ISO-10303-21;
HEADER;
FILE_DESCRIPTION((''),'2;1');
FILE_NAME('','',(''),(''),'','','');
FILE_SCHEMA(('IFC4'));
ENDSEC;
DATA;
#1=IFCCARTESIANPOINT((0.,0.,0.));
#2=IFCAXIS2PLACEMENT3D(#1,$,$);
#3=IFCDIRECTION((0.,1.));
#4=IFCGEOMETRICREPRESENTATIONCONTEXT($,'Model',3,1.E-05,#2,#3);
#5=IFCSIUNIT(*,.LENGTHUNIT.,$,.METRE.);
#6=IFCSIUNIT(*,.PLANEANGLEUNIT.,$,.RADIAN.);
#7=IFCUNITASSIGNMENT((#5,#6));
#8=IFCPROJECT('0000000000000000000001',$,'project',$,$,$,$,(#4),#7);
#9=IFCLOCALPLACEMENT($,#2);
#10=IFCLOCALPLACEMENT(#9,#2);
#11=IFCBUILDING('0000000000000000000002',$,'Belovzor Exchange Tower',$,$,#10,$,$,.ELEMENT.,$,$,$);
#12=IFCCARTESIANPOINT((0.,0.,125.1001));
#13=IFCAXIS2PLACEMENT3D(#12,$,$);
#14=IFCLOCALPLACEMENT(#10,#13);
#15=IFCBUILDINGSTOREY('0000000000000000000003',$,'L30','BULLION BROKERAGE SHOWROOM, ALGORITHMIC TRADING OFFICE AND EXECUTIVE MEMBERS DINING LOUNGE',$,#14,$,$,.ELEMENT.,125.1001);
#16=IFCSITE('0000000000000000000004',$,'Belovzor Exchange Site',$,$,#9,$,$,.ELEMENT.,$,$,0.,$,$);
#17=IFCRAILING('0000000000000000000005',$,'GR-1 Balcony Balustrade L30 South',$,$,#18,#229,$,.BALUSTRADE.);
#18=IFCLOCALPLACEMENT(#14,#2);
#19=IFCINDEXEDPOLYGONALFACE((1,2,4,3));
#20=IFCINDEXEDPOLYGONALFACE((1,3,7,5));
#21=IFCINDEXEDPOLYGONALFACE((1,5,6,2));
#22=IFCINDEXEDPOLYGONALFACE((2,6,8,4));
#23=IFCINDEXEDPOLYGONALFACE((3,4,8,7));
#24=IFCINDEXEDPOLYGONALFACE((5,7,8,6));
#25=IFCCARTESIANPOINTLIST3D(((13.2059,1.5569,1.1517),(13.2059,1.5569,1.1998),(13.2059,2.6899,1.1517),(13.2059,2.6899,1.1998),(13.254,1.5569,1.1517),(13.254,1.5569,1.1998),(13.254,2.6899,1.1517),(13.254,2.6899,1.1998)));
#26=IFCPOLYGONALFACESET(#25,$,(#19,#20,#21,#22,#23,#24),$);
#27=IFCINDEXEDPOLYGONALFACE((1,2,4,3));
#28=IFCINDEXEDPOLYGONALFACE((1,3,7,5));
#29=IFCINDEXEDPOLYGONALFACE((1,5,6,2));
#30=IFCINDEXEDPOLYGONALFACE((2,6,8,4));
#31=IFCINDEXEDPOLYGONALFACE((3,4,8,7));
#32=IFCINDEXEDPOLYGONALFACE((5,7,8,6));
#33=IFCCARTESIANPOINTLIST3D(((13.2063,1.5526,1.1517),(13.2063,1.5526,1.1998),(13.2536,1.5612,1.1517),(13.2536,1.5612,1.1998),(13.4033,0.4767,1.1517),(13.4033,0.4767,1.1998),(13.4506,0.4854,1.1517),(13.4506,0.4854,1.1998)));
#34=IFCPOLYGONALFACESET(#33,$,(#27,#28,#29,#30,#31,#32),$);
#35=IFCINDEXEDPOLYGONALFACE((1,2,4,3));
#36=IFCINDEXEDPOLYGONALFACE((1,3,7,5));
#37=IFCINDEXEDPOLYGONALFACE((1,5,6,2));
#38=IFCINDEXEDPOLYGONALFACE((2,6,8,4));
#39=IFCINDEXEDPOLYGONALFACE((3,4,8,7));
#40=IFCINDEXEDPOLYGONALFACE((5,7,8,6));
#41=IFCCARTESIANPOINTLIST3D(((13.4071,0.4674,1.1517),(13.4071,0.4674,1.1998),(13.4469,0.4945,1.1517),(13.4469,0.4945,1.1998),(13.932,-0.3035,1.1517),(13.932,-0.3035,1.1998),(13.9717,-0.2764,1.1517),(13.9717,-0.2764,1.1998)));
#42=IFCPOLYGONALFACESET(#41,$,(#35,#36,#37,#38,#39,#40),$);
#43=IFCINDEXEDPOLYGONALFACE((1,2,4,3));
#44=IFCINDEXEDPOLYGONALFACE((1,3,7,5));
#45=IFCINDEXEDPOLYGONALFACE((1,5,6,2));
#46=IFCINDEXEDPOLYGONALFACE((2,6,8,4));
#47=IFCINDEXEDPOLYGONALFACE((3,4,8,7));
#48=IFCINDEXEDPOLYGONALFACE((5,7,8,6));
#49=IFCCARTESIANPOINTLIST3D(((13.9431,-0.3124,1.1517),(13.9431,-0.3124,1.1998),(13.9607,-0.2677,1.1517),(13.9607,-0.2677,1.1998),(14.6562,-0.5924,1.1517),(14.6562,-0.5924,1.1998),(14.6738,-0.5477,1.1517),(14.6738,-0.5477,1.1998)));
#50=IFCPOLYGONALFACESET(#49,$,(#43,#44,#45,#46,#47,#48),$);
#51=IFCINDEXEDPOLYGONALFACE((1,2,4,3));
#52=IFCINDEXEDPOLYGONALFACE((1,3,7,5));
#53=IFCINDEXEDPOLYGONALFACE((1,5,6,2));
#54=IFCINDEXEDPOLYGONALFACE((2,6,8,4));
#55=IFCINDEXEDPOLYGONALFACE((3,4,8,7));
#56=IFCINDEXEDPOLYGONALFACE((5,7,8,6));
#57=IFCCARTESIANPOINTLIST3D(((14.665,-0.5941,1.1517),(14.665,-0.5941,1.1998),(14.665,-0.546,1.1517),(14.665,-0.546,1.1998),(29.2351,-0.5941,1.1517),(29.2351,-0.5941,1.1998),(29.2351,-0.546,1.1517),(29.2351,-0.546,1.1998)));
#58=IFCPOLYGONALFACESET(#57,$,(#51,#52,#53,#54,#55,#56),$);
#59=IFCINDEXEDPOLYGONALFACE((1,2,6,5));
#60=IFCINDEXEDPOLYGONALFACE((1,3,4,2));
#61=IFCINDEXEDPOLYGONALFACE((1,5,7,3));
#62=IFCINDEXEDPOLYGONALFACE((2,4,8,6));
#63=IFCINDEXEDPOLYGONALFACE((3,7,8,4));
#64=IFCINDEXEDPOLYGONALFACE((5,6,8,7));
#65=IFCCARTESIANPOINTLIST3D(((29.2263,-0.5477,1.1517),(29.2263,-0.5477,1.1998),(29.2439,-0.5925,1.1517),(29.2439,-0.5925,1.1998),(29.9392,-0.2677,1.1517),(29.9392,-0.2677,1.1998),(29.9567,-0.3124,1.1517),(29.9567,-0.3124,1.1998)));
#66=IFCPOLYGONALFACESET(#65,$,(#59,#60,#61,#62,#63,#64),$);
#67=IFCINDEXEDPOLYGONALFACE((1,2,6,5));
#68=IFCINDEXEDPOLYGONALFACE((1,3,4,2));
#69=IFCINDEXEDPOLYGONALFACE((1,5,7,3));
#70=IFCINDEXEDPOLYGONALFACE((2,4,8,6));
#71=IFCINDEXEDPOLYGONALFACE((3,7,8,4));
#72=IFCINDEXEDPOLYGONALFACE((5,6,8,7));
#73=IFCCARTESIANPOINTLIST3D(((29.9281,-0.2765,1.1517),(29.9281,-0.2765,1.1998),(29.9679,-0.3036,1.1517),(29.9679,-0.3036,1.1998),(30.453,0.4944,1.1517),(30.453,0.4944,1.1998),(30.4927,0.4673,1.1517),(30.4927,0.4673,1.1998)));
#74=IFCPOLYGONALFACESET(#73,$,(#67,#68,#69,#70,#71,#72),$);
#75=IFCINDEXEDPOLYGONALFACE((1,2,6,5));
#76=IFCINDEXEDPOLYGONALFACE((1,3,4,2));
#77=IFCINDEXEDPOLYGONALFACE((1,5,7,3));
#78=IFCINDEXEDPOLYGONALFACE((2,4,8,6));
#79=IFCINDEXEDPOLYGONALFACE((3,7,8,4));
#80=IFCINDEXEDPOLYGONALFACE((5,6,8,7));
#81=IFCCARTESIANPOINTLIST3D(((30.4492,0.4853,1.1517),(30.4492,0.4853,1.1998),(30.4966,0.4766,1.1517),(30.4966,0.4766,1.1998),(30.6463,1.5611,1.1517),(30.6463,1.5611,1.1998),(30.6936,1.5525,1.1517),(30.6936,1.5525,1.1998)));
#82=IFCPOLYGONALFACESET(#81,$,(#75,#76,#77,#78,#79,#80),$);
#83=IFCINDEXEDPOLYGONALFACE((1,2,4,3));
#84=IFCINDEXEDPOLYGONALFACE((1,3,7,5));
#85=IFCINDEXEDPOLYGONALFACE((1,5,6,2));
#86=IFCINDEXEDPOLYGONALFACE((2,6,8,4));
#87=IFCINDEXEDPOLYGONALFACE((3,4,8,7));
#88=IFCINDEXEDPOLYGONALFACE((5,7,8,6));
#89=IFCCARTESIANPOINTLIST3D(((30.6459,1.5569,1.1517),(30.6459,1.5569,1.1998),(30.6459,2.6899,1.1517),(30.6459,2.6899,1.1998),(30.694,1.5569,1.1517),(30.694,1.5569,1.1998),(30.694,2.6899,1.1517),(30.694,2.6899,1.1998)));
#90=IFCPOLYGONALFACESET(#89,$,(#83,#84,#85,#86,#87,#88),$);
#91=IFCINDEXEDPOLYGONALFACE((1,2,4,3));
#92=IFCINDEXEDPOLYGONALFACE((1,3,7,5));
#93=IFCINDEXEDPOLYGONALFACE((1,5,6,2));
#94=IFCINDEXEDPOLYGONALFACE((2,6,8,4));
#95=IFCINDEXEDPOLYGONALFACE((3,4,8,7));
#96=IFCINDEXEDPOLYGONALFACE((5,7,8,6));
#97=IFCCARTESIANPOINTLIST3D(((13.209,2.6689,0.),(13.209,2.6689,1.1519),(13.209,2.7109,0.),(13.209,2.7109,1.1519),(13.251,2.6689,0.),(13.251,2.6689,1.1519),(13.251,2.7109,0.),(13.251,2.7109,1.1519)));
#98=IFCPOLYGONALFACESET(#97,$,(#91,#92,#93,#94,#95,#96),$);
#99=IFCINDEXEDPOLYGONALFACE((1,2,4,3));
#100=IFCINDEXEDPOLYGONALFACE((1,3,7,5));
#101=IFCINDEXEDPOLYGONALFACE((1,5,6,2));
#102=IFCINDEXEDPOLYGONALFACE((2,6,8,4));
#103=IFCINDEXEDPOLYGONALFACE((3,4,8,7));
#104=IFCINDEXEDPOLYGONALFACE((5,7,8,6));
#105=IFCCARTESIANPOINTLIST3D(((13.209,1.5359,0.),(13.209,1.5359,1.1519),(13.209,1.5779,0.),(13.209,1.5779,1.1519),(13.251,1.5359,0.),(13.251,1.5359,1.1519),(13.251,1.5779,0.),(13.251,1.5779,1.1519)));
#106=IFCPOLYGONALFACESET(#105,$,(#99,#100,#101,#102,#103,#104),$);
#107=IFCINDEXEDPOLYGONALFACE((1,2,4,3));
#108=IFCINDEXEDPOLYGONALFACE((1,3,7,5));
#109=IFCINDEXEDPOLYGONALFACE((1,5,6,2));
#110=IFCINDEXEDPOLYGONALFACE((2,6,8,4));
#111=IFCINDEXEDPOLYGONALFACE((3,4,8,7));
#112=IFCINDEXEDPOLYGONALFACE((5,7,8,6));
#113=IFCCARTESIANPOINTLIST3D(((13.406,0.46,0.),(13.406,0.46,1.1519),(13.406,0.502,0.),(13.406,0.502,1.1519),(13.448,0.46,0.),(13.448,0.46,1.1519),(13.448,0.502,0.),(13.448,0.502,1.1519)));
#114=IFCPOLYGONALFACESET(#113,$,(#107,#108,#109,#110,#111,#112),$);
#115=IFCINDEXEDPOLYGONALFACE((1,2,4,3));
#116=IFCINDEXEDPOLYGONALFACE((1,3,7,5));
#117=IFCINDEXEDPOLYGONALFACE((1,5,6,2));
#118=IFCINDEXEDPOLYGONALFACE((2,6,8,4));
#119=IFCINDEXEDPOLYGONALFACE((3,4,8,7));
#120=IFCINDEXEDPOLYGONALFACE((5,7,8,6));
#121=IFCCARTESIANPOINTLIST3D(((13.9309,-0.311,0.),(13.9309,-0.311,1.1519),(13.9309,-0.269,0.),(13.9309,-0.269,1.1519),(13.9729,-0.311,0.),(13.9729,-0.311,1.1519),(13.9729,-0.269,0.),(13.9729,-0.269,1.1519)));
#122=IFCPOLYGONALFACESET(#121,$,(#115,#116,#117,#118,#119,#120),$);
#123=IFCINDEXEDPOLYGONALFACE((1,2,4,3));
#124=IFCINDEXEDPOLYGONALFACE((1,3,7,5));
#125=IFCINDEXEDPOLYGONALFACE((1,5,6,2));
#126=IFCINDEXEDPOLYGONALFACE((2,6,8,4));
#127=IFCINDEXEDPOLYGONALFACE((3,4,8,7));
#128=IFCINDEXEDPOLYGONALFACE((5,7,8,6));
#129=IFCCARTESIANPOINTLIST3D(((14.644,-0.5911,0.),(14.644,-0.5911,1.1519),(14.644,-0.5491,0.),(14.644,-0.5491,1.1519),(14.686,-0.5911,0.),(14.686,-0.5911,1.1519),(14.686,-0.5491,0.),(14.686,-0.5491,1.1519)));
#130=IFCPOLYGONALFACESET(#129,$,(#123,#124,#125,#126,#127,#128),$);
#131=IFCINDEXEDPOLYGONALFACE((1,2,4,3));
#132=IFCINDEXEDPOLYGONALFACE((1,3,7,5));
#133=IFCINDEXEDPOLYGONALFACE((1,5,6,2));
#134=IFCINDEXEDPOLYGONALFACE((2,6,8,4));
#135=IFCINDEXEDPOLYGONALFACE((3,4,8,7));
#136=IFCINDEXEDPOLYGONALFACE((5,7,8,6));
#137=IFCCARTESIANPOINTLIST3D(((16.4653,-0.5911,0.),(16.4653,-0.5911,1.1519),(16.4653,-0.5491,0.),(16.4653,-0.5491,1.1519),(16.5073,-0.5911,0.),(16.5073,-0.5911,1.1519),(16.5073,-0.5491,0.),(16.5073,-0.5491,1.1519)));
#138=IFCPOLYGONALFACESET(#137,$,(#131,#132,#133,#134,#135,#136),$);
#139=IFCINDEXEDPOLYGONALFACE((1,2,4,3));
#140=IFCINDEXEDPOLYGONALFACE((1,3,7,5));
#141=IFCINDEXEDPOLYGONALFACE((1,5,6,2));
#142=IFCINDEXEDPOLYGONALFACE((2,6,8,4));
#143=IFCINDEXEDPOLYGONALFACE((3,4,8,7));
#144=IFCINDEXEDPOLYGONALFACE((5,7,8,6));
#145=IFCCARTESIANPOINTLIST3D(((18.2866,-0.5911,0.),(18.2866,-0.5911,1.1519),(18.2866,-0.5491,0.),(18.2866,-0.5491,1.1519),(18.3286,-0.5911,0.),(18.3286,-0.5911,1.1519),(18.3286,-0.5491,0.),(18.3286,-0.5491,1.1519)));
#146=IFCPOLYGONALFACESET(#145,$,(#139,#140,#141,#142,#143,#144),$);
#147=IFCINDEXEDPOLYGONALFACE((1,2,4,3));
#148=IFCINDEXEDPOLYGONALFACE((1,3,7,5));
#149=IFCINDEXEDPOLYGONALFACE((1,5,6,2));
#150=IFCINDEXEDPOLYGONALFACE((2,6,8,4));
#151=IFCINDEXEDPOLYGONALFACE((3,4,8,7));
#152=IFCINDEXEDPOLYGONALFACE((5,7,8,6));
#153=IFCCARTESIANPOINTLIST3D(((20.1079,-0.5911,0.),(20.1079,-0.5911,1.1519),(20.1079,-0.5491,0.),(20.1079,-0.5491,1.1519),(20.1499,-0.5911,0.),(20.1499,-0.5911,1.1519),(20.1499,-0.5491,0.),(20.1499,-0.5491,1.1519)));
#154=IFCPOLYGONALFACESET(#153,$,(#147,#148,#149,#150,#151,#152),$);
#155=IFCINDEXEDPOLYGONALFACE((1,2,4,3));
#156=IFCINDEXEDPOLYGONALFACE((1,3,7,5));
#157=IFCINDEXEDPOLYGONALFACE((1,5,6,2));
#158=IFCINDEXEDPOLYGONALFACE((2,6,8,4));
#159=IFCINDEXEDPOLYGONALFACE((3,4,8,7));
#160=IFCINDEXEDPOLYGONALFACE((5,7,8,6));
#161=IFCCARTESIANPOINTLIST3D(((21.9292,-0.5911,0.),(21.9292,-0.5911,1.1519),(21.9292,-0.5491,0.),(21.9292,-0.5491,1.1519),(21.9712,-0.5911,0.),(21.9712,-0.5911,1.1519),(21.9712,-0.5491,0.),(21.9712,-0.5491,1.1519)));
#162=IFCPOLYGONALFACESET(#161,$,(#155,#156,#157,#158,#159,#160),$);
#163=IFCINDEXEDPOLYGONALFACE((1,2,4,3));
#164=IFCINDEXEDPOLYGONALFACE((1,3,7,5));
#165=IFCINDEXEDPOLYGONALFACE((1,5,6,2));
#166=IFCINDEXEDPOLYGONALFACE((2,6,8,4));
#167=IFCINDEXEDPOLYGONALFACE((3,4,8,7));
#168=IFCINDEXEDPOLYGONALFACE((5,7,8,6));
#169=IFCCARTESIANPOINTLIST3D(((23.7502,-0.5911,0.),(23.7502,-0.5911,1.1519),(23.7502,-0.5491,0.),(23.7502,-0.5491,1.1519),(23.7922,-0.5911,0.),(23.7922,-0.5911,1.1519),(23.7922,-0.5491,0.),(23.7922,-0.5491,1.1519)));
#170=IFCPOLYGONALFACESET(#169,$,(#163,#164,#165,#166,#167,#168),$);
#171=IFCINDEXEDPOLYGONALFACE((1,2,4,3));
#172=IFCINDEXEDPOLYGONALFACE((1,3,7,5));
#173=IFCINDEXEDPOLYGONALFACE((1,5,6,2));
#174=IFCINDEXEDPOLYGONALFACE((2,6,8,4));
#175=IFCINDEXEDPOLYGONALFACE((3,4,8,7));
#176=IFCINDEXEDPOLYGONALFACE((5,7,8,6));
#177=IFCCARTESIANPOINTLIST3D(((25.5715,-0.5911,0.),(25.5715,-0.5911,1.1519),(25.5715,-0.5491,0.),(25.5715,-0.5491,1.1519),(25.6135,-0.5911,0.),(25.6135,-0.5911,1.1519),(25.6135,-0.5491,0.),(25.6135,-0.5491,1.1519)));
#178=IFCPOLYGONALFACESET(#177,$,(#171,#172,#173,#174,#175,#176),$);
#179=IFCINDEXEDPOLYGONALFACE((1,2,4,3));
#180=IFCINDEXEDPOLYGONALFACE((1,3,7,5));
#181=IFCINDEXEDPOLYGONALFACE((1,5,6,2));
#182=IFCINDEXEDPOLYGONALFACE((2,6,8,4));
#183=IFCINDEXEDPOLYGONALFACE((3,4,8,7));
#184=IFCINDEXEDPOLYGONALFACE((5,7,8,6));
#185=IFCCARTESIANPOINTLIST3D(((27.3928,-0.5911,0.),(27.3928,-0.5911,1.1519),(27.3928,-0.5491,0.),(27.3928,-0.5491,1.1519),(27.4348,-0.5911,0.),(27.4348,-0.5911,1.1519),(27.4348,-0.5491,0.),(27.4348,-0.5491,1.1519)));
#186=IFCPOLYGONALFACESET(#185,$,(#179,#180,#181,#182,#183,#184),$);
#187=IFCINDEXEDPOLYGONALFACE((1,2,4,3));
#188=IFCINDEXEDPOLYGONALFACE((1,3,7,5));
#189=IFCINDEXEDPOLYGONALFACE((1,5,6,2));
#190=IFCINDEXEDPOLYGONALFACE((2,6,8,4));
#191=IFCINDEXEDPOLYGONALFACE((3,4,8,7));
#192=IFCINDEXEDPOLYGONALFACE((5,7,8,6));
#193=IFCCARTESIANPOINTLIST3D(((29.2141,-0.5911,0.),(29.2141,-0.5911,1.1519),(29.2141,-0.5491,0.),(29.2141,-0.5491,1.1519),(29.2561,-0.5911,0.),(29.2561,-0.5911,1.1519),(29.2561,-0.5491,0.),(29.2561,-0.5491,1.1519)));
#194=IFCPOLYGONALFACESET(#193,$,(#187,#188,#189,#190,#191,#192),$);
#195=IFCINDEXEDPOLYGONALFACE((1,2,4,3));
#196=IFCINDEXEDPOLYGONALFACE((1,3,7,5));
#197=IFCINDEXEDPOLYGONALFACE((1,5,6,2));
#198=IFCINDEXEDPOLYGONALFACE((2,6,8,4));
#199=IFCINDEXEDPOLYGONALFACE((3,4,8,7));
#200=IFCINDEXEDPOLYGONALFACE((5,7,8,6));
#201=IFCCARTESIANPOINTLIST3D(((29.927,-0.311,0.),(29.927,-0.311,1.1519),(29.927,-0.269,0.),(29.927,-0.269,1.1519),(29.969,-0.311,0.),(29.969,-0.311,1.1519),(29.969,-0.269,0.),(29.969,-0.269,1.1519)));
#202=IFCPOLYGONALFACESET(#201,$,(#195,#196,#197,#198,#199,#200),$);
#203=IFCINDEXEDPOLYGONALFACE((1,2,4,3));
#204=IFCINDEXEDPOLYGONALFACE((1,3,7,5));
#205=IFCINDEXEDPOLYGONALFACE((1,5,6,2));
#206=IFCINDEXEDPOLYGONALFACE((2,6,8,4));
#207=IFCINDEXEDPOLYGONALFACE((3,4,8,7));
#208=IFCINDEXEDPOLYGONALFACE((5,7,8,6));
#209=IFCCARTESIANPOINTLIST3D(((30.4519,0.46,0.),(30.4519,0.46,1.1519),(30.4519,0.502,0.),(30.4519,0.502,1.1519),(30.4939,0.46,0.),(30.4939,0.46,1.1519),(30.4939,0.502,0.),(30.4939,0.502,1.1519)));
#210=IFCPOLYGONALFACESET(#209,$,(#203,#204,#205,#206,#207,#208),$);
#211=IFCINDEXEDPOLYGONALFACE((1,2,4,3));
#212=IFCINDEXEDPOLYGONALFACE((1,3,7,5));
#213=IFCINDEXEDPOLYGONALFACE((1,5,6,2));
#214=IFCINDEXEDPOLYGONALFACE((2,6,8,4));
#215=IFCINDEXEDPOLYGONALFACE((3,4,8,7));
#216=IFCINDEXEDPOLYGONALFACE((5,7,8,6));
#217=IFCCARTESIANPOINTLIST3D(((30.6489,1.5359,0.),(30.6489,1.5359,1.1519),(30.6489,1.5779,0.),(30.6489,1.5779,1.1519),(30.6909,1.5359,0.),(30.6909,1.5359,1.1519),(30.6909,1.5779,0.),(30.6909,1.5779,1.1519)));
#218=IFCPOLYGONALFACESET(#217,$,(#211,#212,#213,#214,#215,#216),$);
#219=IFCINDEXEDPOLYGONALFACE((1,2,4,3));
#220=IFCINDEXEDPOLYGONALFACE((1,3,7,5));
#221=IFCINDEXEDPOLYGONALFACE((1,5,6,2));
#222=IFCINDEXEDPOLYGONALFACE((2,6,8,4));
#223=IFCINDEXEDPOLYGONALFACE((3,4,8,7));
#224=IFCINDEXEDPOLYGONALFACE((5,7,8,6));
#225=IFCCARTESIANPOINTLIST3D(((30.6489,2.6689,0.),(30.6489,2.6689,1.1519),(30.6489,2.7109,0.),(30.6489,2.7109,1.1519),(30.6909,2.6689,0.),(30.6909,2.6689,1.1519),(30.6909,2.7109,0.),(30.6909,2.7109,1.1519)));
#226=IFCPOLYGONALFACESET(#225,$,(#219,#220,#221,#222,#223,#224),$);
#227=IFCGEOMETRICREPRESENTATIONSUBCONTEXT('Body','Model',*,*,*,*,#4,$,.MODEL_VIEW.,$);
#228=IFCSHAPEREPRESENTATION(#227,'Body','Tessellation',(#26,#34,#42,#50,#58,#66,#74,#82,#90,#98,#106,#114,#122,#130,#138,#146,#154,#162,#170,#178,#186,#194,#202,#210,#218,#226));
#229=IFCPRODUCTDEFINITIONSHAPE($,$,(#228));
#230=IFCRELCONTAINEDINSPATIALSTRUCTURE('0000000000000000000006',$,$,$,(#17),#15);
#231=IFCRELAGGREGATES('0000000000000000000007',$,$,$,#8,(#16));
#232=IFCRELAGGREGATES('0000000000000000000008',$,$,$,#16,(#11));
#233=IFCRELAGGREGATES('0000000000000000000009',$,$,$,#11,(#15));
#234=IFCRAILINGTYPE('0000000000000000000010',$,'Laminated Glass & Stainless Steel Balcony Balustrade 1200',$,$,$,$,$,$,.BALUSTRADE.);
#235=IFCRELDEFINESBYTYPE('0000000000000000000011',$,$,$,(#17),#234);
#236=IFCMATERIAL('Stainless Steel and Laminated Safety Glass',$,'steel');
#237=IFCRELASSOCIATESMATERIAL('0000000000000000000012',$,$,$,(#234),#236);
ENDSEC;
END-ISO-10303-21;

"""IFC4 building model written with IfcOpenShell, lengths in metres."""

from ifc_helpers import new_model, si_unit, direction, frame, origin, origin_2d, place, context, subcontext, project, spatial, rectangle, extrude, material, type_object, element, save


model = new_model("IFC4")

# Units and contexts
model_context = context("Model", 3, precision=1e-05, world=origin(), true_north=direction((0.0, 1.0)))
body_context = subcontext(model_context, "Body", "Model", "MODEL_VIEW")
ifc_project = project(units=[si_unit("LENGTHUNIT", "METRE"), si_unit("PLANEANGLEUNIT", "RADIAN")], contexts=[model_context])

# Site, building, storey
site_placement = place(None, origin())
site = spatial("IfcSite", under=ifc_project, at=site_placement, Name="Belovzor Exchange Site", CompositionType="ELEMENT", RefElevation=0.0)
building_placement = place(site_placement, origin())
building = spatial("IfcBuilding", under=site, at=building_placement, Name="Belovzor Exchange Tower", CompositionType="ELEMENT")
storey_placement = place(building_placement, frame((0.0, 0.0, 125.1001)))
storey = spatial("IfcBuildingStorey", under=building, at=storey_placement, Name="L30", Description="BULLION BROKERAGE SHOWROOM, ALGORITHMIC TRADING OFFICE AND EXECUTIVE MEMBERS DINING LOUNGE", CompositionType="ELEMENT", Elevation=125.1001)

# Railing
ifc_material_1 = material(Name="Stainless Steel and Laminated Safety Glass", Category="steel")
railing_type = type_object("IfcRailingType", Name="Laminated Glass & Stainless Steel Balcony Balustrade 1200", PredefinedType="BALUSTRADE", material=ifc_material_1)
railing_placement = place(storey_placement, frame((13.23, 2.6899, 0.0)))
element("IfcRailing", 1, at=railing_placement, inside=storey, type_object=railing_type, Name="GR-1 Balcony Balustrade L30 South", PredefinedType="BALUSTRADE", context=body_context, shape_type="SweptSolid", body=[
    extrude(rectangle(XDim=0.0481, YDim=0.0481, at=origin_2d()), frame((0.0, 0.0, 1.1758), z_axis=(0.0, -1.0, 0.0), x_axis=(1.0, 0.0, 0.0)), (0.0, 0.0, 1.0), 1.1331),
    extrude(rectangle(XDim=0.0481, YDim=0.0481, at=origin_2d()), frame((0.0, -1.1331, 1.1758), z_axis=(0.180123, -0.983644, 0.0), x_axis=(0.983644, 0.180123, 0.0)), (0.0, 0.0, 1.0), 1.0938),
    extrude(rectangle(XDim=0.0481, YDim=0.0481, at=origin_2d()), frame((0.197, -2.209, 1.1758), z_axis=(0.562768, -0.826615, 0.0), x_axis=(0.826615, 0.562768, 0.0)), (0.0, 0.0, 1.0), 0.9326),
    extrude(rectangle(XDim=0.0481, YDim=0.0481, at=origin_2d()), frame((0.7219, -2.98, 1.1758), z_axis=(0.93081, -0.365504, 0.0), x_axis=(0.365504, 0.93081, 0.0)), (0.0, 0.0, 1.0), 0.7661),
    extrude(rectangle(XDim=0.0481, YDim=0.0481, at=origin_2d()), frame((1.4351, -3.26, 1.1758), z_axis=(1.0, 0.0, 0.0), x_axis=(0.0, 1.0, 0.0)), (0.0, 0.0, 1.0), 14.5701),
    extrude(rectangle(XDim=0.0481, YDim=0.0481, at=origin_2d()), frame((16.0051, -3.26, 1.1758), z_axis=(0.930767, 0.365613, 0.0), x_axis=(-0.365613, 0.930767, 0.0)), (0.0, 0.0, 1.0), 0.7659),
    extrude(rectangle(XDim=0.0481, YDim=0.0481, at=origin_2d()), frame((16.718, -2.98, 1.1758), z_axis=(0.562768, 0.826615, 0.0), x_axis=(-0.826615, 0.562768, 0.0)), (0.0, 0.0, 1.0), 0.9326),
    extrude(rectangle(XDim=0.0481, YDim=0.0481, at=origin_2d()), frame((17.2429, -2.209, 1.1758), z_axis=(0.180123, 0.983644, 0.0), x_axis=(-0.983644, 0.180123, 0.0)), (0.0, 0.0, 1.0), 1.0938),
    extrude(rectangle(XDim=0.0481, YDim=0.0481, at=origin_2d()), frame((17.4399, -1.1331, 1.1758), z_axis=(0.0, 1.0, 0.0), x_axis=(-1.0, 0.0, 0.0)), (0.0, 0.0, 1.0), 1.1331),
    extrude(rectangle(XDim=0.042, YDim=0.042, at=origin_2d()), origin(), (0.0, 0.0, 1.0), 1.1519),
    extrude(rectangle(XDim=0.042, YDim=0.042, at=origin_2d()), frame((0.0, -1.1331, 0.0)), (0.0, 0.0, 1.0), 1.1519),
    extrude(rectangle(XDim=0.042, YDim=0.042, at=origin_2d()), frame((0.197, -2.209, 0.0)), (0.0, 0.0, 1.0), 1.1519),
    extrude(rectangle(XDim=0.042, YDim=0.042, at=origin_2d()), frame((0.7219, -2.98, 0.0)), (0.0, 0.0, 1.0), 1.1519),
    extrude(rectangle(XDim=0.042, YDim=0.042, at=origin_2d()), frame((1.4351, -3.26, 0.0)), (0.0, 0.0, 1.0), 1.1519),
    extrude(rectangle(XDim=0.042, YDim=0.042, at=origin_2d()), frame((3.2563, -3.26, 0.0)), (0.0, 0.0, 1.0), 1.1519),
    extrude(rectangle(XDim=0.042, YDim=0.042, at=origin_2d()), frame((5.0776, -3.26, 0.0)), (0.0, 0.0, 1.0), 1.1519),
    extrude(rectangle(XDim=0.042, YDim=0.042, at=origin_2d()), frame((6.8989, -3.26, 0.0)), (0.0, 0.0, 1.0), 1.1519),
    extrude(rectangle(XDim=0.042, YDim=0.042, at=origin_2d()), frame((8.7202, -3.26, 0.0)), (0.0, 0.0, 1.0), 1.1519),
    extrude(rectangle(XDim=0.042, YDim=0.042, at=origin_2d()), frame((10.5413, -3.26, 0.0)), (0.0, 0.0, 1.0), 1.1519),
    extrude(rectangle(XDim=0.042, YDim=0.042, at=origin_2d()), frame((12.3625, -3.26, 0.0)), (0.0, 0.0, 1.0), 1.1519),
    extrude(rectangle(XDim=0.042, YDim=0.042, at=origin_2d()), frame((14.1838, -3.26, 0.0)), (0.0, 0.0, 1.0), 1.1519),
    extrude(rectangle(XDim=0.042, YDim=0.042, at=origin_2d()), frame((16.0051, -3.26, 0.0)), (0.0, 0.0, 1.0), 1.1519),
    extrude(rectangle(XDim=0.042, YDim=0.042, at=origin_2d()), frame((16.718, -2.98, 0.0)), (0.0, 0.0, 1.0), 1.1519),
    extrude(rectangle(XDim=0.042, YDim=0.042, at=origin_2d()), frame((17.2429, -2.209, 0.0)), (0.0, 0.0, 1.0), 1.1519),
    extrude(rectangle(XDim=0.042, YDim=0.042, at=origin_2d()), frame((17.4399, -1.1331, 0.0)), (0.0, 0.0, 1.0), 1.1519),
    extrude(rectangle(XDim=0.042, YDim=0.042, at=origin_2d()), frame((17.4399, 0.0, 0.0)), (0.0, 0.0, 1.0), 1.1519),
])

save(model, "model.ifc")
